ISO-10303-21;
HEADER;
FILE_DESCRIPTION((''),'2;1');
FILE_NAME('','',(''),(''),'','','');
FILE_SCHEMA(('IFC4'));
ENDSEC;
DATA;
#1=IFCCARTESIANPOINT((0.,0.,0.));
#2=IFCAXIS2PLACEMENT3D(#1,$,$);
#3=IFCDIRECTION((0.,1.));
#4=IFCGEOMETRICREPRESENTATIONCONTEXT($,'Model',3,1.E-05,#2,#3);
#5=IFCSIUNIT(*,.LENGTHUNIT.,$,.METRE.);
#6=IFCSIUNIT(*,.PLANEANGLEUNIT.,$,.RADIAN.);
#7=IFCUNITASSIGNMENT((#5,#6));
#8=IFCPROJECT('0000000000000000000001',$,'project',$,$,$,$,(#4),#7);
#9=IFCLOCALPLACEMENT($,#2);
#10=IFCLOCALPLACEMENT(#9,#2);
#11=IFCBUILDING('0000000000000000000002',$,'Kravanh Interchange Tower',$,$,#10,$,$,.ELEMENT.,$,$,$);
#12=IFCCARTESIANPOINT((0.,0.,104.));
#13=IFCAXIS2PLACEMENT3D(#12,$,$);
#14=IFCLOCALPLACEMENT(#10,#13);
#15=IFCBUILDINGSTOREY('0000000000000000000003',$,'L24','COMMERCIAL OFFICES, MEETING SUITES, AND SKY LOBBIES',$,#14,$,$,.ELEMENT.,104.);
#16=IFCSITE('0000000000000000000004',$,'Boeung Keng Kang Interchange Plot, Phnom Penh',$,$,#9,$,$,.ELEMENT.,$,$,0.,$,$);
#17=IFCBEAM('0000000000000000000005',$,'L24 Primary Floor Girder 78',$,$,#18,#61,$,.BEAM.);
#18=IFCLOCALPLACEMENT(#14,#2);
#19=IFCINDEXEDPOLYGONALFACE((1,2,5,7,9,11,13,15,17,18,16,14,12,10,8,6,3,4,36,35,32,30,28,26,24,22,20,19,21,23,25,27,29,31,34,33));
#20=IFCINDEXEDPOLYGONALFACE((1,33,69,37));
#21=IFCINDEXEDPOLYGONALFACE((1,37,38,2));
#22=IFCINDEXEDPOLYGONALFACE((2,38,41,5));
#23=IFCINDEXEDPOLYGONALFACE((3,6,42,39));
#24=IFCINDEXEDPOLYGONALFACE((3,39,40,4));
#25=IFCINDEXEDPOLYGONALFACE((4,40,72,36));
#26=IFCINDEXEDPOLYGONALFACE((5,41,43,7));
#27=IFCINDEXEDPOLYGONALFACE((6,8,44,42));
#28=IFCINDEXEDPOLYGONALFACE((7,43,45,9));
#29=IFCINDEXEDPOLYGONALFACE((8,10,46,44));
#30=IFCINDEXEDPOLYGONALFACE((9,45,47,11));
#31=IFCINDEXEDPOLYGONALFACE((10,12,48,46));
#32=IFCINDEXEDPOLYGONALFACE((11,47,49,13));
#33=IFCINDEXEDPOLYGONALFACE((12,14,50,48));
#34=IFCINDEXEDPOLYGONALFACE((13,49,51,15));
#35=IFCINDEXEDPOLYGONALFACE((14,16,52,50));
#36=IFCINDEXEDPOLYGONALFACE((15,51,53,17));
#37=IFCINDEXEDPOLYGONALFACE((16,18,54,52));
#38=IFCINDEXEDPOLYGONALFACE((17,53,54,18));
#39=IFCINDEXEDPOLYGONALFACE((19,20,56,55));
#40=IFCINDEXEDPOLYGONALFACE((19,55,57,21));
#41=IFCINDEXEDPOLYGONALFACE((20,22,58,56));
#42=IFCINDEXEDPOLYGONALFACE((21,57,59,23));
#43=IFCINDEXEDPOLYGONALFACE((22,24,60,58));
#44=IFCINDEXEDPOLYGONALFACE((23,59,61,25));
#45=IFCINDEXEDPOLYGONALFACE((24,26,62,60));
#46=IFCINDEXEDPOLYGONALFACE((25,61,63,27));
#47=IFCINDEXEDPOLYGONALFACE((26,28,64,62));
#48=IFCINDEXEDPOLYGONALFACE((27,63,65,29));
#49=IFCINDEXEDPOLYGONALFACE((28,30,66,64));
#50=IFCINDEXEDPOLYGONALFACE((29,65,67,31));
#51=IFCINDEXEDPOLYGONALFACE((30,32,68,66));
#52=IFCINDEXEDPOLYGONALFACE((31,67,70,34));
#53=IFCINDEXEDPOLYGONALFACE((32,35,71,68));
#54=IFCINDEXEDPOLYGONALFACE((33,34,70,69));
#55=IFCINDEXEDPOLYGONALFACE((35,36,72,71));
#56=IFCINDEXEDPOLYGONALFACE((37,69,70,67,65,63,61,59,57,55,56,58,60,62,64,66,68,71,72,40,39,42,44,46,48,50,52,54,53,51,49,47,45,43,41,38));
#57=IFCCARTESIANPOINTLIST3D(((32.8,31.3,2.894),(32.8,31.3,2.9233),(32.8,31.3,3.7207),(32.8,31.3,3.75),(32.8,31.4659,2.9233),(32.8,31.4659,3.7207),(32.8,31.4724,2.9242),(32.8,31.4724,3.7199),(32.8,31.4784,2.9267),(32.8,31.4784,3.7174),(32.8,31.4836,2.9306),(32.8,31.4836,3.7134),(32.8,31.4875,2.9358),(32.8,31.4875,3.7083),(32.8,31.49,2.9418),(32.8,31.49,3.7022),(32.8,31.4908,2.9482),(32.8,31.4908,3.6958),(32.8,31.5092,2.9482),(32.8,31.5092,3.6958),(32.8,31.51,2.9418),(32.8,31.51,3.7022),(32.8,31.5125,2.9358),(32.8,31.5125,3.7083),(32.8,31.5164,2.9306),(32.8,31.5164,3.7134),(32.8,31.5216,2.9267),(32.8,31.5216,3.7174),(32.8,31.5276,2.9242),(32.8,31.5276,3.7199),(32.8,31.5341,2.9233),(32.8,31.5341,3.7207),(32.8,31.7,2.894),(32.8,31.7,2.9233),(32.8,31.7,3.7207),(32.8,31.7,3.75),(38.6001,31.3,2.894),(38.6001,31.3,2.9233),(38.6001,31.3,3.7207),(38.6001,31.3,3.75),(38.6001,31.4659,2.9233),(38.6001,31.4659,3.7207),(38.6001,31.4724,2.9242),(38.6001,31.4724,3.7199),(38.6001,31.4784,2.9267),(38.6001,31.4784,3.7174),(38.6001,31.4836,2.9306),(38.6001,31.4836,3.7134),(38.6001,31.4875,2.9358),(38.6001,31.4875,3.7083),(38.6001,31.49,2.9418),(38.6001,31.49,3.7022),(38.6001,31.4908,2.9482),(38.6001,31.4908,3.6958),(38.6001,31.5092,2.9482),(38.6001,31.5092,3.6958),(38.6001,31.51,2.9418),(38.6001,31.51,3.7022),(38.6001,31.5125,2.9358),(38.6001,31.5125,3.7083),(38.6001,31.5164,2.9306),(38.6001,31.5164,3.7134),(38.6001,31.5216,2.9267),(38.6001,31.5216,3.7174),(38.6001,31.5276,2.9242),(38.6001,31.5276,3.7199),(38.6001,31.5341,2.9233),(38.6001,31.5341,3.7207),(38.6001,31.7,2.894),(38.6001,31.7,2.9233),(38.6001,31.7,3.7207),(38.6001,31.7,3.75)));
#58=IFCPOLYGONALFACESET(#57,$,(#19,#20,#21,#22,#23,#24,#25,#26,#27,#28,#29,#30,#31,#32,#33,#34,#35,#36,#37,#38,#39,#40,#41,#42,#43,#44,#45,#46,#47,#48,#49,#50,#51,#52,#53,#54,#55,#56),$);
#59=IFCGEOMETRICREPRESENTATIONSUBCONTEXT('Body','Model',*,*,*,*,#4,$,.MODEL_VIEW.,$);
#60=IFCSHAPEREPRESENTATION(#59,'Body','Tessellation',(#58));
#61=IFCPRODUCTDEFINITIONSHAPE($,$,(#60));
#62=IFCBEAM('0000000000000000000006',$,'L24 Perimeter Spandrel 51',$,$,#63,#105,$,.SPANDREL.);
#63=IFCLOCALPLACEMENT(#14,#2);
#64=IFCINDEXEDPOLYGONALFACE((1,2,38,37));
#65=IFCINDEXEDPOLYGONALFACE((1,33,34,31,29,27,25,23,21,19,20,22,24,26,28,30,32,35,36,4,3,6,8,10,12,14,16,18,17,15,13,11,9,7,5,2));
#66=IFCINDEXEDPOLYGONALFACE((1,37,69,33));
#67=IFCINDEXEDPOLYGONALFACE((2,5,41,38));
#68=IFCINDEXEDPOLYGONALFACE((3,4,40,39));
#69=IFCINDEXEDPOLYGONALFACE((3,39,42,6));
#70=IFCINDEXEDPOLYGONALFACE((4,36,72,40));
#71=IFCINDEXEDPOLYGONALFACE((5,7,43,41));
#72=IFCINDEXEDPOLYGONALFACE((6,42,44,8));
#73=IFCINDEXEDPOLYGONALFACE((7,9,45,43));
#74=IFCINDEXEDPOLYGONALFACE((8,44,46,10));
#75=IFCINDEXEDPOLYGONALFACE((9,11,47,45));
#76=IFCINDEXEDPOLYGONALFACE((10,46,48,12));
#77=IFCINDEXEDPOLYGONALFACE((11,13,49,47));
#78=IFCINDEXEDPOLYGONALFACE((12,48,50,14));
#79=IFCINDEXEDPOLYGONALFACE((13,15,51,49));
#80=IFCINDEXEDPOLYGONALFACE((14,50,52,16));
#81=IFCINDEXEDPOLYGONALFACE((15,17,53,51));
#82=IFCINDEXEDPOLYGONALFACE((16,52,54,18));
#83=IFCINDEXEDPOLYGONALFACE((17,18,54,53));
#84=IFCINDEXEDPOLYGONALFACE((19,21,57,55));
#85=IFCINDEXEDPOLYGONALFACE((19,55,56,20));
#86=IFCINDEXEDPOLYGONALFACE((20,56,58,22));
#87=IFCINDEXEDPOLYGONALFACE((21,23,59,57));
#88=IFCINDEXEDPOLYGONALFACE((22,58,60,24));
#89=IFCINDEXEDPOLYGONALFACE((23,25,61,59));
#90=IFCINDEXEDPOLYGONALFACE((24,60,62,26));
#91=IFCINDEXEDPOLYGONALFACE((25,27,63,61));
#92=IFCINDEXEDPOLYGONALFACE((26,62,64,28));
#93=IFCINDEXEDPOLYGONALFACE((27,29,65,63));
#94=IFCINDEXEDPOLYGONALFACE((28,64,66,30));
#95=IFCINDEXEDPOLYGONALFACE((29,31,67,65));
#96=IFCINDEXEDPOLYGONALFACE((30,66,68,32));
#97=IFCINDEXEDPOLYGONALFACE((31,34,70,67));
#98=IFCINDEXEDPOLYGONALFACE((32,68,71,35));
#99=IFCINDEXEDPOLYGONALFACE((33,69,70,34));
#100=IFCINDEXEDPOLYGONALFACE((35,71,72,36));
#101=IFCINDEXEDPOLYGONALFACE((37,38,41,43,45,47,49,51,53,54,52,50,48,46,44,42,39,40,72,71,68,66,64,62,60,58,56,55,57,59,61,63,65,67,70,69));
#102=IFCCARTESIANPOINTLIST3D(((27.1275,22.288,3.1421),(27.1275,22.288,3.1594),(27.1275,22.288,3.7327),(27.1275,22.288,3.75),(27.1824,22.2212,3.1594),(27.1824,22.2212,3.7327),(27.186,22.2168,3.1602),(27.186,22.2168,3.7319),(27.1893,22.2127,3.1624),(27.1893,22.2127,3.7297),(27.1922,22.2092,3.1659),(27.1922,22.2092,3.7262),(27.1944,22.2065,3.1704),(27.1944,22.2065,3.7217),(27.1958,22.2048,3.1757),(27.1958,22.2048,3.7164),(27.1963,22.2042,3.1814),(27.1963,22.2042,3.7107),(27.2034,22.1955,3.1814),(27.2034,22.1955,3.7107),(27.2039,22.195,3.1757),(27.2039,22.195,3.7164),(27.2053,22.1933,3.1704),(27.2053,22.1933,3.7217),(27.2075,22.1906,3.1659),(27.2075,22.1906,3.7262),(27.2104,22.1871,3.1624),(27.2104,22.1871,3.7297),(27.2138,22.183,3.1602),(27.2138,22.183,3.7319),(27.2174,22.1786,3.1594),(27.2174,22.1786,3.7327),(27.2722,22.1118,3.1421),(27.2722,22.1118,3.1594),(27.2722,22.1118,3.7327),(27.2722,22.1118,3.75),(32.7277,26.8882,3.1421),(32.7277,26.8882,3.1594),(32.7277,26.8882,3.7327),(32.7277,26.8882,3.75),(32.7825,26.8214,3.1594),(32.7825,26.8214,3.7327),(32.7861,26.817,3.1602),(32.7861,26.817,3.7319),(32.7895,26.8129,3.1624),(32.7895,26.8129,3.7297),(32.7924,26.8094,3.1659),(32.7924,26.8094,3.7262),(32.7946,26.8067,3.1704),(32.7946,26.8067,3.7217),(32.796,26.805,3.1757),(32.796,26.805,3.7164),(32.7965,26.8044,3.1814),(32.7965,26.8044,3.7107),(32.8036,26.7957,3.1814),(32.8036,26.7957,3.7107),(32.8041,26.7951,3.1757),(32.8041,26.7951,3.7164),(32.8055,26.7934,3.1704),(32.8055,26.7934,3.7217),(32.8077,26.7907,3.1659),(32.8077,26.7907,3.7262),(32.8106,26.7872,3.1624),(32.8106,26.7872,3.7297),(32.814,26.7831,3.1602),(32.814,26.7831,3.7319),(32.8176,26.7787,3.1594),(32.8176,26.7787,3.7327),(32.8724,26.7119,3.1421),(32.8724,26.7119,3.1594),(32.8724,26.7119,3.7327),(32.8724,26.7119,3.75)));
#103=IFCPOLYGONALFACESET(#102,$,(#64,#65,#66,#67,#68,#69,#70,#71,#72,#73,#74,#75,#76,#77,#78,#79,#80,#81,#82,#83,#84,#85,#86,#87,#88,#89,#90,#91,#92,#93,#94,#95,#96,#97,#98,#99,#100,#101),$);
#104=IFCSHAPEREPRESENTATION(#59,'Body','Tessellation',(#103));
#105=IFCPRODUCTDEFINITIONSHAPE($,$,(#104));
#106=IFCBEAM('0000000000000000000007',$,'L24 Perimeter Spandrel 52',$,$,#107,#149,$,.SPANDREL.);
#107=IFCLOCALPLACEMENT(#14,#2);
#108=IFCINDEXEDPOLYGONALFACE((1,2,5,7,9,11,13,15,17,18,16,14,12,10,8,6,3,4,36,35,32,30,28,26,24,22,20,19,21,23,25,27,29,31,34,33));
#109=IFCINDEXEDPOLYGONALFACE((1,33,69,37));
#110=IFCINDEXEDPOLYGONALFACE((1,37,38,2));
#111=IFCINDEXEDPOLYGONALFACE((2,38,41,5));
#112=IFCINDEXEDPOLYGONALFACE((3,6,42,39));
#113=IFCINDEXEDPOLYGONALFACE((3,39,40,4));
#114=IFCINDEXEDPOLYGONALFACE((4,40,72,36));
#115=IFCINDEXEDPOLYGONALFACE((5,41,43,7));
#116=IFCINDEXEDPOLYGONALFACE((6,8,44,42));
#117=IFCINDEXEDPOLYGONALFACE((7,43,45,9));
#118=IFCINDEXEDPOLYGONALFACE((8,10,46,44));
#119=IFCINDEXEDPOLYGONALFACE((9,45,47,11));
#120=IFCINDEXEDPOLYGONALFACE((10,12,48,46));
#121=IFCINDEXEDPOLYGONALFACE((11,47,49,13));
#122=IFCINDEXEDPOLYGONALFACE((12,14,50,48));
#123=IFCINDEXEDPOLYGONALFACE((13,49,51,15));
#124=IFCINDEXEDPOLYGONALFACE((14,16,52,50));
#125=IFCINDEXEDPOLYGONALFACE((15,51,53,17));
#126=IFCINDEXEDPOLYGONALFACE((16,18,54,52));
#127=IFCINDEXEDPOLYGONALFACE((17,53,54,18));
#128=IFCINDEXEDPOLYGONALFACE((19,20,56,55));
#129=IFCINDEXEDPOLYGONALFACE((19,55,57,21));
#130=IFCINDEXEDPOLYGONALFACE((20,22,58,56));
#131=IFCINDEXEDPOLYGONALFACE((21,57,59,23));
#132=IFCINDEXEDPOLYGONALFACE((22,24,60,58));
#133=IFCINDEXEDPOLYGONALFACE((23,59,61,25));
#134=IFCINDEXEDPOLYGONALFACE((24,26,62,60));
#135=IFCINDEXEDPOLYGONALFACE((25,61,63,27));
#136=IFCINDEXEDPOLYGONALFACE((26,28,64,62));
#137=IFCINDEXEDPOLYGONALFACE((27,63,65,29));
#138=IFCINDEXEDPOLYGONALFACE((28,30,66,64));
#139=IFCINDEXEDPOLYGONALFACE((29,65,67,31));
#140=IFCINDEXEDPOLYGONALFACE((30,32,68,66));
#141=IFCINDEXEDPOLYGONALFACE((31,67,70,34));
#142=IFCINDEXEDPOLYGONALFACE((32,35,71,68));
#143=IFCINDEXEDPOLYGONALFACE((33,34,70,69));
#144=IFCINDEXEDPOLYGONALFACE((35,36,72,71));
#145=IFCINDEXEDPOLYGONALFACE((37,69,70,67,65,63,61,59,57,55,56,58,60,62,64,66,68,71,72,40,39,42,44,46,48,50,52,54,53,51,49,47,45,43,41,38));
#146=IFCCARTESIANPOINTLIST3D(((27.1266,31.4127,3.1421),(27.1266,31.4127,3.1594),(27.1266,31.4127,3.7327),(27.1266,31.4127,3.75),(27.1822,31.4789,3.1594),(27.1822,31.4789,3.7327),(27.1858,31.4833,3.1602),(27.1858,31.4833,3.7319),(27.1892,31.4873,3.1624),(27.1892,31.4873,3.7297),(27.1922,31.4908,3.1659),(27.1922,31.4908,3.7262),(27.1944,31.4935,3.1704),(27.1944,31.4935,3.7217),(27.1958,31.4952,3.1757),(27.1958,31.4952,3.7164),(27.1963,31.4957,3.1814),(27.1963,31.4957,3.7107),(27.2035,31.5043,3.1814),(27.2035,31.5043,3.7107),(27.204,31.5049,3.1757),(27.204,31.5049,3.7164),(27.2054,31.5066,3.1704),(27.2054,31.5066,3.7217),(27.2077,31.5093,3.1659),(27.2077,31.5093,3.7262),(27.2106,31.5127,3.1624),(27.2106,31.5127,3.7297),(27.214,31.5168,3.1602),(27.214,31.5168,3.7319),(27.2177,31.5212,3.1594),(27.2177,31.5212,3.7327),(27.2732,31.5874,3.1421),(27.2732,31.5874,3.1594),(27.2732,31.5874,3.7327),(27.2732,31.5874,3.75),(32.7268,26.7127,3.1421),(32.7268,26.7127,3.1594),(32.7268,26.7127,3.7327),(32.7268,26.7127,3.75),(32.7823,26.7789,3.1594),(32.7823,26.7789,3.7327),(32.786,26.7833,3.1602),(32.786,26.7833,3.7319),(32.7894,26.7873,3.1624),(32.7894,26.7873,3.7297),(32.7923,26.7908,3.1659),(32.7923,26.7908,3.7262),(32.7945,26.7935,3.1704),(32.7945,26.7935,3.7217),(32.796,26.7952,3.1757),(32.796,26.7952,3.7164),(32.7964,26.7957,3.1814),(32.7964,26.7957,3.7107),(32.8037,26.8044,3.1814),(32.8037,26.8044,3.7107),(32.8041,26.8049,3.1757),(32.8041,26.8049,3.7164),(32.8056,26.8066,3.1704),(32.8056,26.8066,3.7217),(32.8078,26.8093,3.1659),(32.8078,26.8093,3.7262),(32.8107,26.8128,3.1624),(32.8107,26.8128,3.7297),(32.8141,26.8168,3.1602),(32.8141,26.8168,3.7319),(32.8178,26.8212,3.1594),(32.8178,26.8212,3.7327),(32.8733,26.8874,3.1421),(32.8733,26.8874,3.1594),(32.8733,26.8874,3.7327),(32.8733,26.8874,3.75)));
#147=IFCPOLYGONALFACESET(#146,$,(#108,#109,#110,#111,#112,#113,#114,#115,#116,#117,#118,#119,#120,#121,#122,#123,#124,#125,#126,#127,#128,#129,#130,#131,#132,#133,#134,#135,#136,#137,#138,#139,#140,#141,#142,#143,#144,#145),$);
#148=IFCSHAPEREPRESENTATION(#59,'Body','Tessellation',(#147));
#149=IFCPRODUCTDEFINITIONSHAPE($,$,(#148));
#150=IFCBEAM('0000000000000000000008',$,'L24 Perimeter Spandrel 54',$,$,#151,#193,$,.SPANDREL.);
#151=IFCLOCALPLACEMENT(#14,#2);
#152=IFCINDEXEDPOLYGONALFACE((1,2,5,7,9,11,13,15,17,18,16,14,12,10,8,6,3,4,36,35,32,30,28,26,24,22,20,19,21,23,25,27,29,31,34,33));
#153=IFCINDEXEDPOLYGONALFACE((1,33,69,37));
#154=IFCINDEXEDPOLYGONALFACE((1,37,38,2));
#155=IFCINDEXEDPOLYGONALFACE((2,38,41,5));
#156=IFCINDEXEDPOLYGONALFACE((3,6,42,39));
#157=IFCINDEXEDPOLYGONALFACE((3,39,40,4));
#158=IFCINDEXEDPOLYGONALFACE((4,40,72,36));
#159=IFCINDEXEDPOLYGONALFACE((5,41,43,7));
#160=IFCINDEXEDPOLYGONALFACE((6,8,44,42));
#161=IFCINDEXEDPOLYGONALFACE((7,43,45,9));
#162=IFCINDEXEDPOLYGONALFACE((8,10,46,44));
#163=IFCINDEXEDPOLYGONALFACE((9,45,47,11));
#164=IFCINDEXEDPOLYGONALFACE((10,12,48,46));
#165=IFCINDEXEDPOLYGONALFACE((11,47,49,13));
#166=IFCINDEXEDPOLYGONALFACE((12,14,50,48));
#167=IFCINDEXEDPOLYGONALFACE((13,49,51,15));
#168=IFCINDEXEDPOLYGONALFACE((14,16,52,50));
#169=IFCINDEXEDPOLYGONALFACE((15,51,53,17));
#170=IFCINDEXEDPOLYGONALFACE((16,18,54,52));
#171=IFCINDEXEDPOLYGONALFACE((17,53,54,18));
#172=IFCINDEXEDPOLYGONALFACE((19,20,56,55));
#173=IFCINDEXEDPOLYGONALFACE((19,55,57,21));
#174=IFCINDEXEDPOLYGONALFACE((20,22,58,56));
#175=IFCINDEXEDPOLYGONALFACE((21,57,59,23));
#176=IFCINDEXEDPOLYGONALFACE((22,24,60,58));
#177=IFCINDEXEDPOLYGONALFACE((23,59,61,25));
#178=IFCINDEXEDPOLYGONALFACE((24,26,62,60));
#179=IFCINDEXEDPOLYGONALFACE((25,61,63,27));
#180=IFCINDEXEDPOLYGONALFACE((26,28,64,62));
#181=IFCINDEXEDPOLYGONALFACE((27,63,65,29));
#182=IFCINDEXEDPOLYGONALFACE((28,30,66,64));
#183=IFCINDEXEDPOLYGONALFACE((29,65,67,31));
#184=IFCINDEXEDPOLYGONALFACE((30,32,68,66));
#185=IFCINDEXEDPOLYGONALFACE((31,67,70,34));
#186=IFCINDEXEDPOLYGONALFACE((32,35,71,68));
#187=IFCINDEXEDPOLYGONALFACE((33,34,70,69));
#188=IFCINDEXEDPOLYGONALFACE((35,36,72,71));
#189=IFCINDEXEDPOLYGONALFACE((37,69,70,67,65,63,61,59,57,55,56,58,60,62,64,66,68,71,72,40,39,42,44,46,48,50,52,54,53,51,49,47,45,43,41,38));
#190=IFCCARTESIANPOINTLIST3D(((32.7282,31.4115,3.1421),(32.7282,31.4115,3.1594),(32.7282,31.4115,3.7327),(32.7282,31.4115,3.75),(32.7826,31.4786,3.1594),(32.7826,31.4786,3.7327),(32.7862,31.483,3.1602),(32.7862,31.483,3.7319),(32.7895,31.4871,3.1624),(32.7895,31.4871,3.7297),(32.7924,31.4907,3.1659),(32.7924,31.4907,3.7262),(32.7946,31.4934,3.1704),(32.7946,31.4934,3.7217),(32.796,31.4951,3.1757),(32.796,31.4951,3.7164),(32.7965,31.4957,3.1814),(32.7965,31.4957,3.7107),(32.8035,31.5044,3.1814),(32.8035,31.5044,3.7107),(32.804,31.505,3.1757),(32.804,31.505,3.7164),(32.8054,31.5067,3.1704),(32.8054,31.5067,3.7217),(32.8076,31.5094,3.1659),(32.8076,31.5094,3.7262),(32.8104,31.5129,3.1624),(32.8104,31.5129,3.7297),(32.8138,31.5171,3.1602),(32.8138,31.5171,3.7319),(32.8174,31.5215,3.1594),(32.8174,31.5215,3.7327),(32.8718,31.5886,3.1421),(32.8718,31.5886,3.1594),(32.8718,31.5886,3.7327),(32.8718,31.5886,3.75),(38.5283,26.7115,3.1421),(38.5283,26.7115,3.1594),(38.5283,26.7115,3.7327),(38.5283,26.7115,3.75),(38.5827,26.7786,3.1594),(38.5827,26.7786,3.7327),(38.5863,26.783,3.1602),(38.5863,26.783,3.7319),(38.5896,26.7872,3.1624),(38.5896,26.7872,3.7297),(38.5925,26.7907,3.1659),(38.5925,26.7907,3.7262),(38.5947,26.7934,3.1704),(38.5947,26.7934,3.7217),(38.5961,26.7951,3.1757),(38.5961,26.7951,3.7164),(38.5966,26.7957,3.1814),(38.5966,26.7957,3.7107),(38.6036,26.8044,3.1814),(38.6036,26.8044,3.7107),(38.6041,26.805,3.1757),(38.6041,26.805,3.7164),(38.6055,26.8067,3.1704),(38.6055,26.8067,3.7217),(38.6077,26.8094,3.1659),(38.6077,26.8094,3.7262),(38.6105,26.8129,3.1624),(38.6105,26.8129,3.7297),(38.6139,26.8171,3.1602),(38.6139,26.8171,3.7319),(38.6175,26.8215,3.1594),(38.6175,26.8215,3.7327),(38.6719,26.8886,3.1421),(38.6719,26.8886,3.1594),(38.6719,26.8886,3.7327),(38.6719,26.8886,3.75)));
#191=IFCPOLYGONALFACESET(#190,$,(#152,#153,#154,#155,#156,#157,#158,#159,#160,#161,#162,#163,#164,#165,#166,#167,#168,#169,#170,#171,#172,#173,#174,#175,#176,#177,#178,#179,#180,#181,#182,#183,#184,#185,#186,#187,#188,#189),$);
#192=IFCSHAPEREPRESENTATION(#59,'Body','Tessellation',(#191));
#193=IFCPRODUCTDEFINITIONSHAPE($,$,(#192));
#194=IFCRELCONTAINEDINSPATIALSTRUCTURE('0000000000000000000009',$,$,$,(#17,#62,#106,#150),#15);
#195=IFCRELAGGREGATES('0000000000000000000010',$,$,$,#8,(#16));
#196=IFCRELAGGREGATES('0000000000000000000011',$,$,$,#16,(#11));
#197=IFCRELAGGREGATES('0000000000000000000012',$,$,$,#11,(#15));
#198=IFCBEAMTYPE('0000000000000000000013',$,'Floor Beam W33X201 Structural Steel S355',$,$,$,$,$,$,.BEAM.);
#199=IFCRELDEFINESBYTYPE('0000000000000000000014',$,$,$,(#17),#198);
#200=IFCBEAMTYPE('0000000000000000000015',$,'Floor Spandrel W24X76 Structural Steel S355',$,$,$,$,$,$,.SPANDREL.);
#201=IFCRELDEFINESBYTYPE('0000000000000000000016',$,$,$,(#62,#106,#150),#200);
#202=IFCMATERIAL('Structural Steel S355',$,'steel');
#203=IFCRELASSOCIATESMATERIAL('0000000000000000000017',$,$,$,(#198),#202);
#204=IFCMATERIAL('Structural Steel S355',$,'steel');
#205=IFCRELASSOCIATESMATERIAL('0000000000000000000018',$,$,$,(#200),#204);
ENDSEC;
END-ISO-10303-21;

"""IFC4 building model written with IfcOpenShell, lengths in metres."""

from ifc_helpers import new_model, si_unit, direction, frame, origin, origin_2d, place, context, subcontext, project, spatial, i_section, extrude, material, material_profile, profile_set, type_object, element, save


model = new_model("IFC4")

# Units and contexts
model_context = context("Model", 3, precision=1e-05, world=origin(), true_north=direction((0.0, 1.0)))
body_context = subcontext(model_context, "Body", "Model", "MODEL_VIEW")
ifc_project = project(units=[si_unit("LENGTHUNIT", "METRE"), si_unit("PLANEANGLEUNIT", "RADIAN")], contexts=[model_context])

# Site, building, storey
site_placement = place(None, origin())
site = spatial("IfcSite", under=ifc_project, at=site_placement, Name="Boeung Keng Kang Interchange Plot, Phnom Penh", CompositionType="ELEMENT", RefElevation=0.0)
building_placement = place(site_placement, origin())
building = spatial("IfcBuilding", under=site, at=building_placement, Name="Kravanh Interchange Tower", CompositionType="ELEMENT")
storey_placement = place(building_placement, frame((0.0, 0.0, 104.0)))
storey = spatial("IfcBuildingStorey", under=building, at=storey_placement, Name="L24", Description="COMMERCIAL OFFICES, MEETING SUITES, AND SKY LOBBIES", CompositionType="ELEMENT", Elevation=104.0)

# Beams
ifc_material_1 = material(Name="Structural Steel S355", Category="steel")
ifc_material_profile_1 = material_profile(ifc_material_1, i_section(OverallWidth=0.3999, OverallDepth=0.856, WebThickness=0.0183, FlangeThickness=0.0293, FilletRadius=0.0249, at=origin_2d()), Name="W33X201")
ifc_profile_set_1 = profile_set([ifc_material_profile_1], Name="Structural Steel S355")
beam_type_1 = type_object("IfcBeamType", Name="Floor Beam W33X201 Structural Steel S355", PredefinedType="BEAM", material=ifc_profile_set_1)
beam_1_placement = place(storey_placement, frame((32.8, 31.5, 3.322), z_axis=(1.0, 0.0, 0.0), x_axis=(0.0, 1.0, 0.0)))
element("IfcBeam", 1, at=beam_1_placement, inside=storey, type_object=beam_type_1, Name="L24 Primary Floor Girder 78", PredefinedType="BEAM", context=body_context, shape_type="SweptSolid", body=[
    extrude(i_section(OverallWidth=0.3999, OverallDepth=0.856, WebThickness=0.0183, FlangeThickness=0.0293, FilletRadius=0.0249, at=origin_2d()), origin(), (0.0, 0.0, 1.0), 5.8),
])
ifc_material_2 = material(Name="Structural Steel S355", Category="steel")
ifc_material_profile_2 = material_profile(ifc_material_2, i_section(OverallWidth=0.228, OverallDepth=0.6079, WebThickness=0.0112, FlangeThickness=0.0173, FilletRadius=0.022, at=origin_2d()), Name="W24X76")
ifc_profile_set_2 = profile_set([ifc_material_profile_2], Name="Structural Steel S355")
beam_type_2 = type_object("IfcBeamType", Name="Floor Spandrel W24X76 Structural Steel S355", PredefinedType="SPANDREL", material=ifc_profile_set_2)
beam_2_placement = place(storey_placement, frame((32.8, 26.8, 3.446), z_axis=(-0.772725, -0.634741, 0.0), x_axis=(0.634741, -0.772725, 0.0)))
element("IfcBeam", 2, at=beam_2_placement, inside=storey, type_object=beam_type_2, Name="L24 Perimeter Spandrel 51", PredefinedType="SPANDREL", context=body_context, shape_type="SweptSolid", body=[
    extrude(i_section(OverallWidth=0.228, OverallDepth=0.6079, WebThickness=0.0112, FlangeThickness=0.0173, FilletRadius=0.022, at=origin_2d()), origin(), (0.0, 0.0, 1.0), 7.2473),
])
beam_3_placement = place(storey_placement, frame((32.8, 26.8, 3.446), z_axis=(-0.765983, 0.642861, 0.0), x_axis=(-0.642861, -0.765983, 0.0)))
element("IfcBeam", 3, at=beam_3_placement, inside=storey, type_object=beam_type_2, Name="L24 Perimeter Spandrel 52", PredefinedType="SPANDREL", context=body_context, shape_type="SweptSolid", body=[
    extrude(i_section(OverallWidth=0.228, OverallDepth=0.6079, WebThickness=0.0112, FlangeThickness=0.0173, FilletRadius=0.022, at=origin_2d()), origin(), (0.0, 0.0, 1.0), 7.311),
])
beam_4_placement = place(storey_placement, frame((38.6001, 26.8, 3.446), z_axis=(-0.776939, 0.629576, 0.0), x_axis=(-0.629576, -0.776939, 0.0)))
element("IfcBeam", 4, at=beam_4_placement, inside=storey, type_object=beam_type_2, Name="L24 Perimeter Spandrel 54", PredefinedType="SPANDREL", context=body_context, shape_type="SweptSolid", body=[
    extrude(i_section(OverallWidth=0.228, OverallDepth=0.6079, WebThickness=0.0112, FlangeThickness=0.0173, FilletRadius=0.022, at=origin_2d()), origin(), (0.0, 0.0, 1.0), 7.4653),
])

save(model, "model.ifc")
